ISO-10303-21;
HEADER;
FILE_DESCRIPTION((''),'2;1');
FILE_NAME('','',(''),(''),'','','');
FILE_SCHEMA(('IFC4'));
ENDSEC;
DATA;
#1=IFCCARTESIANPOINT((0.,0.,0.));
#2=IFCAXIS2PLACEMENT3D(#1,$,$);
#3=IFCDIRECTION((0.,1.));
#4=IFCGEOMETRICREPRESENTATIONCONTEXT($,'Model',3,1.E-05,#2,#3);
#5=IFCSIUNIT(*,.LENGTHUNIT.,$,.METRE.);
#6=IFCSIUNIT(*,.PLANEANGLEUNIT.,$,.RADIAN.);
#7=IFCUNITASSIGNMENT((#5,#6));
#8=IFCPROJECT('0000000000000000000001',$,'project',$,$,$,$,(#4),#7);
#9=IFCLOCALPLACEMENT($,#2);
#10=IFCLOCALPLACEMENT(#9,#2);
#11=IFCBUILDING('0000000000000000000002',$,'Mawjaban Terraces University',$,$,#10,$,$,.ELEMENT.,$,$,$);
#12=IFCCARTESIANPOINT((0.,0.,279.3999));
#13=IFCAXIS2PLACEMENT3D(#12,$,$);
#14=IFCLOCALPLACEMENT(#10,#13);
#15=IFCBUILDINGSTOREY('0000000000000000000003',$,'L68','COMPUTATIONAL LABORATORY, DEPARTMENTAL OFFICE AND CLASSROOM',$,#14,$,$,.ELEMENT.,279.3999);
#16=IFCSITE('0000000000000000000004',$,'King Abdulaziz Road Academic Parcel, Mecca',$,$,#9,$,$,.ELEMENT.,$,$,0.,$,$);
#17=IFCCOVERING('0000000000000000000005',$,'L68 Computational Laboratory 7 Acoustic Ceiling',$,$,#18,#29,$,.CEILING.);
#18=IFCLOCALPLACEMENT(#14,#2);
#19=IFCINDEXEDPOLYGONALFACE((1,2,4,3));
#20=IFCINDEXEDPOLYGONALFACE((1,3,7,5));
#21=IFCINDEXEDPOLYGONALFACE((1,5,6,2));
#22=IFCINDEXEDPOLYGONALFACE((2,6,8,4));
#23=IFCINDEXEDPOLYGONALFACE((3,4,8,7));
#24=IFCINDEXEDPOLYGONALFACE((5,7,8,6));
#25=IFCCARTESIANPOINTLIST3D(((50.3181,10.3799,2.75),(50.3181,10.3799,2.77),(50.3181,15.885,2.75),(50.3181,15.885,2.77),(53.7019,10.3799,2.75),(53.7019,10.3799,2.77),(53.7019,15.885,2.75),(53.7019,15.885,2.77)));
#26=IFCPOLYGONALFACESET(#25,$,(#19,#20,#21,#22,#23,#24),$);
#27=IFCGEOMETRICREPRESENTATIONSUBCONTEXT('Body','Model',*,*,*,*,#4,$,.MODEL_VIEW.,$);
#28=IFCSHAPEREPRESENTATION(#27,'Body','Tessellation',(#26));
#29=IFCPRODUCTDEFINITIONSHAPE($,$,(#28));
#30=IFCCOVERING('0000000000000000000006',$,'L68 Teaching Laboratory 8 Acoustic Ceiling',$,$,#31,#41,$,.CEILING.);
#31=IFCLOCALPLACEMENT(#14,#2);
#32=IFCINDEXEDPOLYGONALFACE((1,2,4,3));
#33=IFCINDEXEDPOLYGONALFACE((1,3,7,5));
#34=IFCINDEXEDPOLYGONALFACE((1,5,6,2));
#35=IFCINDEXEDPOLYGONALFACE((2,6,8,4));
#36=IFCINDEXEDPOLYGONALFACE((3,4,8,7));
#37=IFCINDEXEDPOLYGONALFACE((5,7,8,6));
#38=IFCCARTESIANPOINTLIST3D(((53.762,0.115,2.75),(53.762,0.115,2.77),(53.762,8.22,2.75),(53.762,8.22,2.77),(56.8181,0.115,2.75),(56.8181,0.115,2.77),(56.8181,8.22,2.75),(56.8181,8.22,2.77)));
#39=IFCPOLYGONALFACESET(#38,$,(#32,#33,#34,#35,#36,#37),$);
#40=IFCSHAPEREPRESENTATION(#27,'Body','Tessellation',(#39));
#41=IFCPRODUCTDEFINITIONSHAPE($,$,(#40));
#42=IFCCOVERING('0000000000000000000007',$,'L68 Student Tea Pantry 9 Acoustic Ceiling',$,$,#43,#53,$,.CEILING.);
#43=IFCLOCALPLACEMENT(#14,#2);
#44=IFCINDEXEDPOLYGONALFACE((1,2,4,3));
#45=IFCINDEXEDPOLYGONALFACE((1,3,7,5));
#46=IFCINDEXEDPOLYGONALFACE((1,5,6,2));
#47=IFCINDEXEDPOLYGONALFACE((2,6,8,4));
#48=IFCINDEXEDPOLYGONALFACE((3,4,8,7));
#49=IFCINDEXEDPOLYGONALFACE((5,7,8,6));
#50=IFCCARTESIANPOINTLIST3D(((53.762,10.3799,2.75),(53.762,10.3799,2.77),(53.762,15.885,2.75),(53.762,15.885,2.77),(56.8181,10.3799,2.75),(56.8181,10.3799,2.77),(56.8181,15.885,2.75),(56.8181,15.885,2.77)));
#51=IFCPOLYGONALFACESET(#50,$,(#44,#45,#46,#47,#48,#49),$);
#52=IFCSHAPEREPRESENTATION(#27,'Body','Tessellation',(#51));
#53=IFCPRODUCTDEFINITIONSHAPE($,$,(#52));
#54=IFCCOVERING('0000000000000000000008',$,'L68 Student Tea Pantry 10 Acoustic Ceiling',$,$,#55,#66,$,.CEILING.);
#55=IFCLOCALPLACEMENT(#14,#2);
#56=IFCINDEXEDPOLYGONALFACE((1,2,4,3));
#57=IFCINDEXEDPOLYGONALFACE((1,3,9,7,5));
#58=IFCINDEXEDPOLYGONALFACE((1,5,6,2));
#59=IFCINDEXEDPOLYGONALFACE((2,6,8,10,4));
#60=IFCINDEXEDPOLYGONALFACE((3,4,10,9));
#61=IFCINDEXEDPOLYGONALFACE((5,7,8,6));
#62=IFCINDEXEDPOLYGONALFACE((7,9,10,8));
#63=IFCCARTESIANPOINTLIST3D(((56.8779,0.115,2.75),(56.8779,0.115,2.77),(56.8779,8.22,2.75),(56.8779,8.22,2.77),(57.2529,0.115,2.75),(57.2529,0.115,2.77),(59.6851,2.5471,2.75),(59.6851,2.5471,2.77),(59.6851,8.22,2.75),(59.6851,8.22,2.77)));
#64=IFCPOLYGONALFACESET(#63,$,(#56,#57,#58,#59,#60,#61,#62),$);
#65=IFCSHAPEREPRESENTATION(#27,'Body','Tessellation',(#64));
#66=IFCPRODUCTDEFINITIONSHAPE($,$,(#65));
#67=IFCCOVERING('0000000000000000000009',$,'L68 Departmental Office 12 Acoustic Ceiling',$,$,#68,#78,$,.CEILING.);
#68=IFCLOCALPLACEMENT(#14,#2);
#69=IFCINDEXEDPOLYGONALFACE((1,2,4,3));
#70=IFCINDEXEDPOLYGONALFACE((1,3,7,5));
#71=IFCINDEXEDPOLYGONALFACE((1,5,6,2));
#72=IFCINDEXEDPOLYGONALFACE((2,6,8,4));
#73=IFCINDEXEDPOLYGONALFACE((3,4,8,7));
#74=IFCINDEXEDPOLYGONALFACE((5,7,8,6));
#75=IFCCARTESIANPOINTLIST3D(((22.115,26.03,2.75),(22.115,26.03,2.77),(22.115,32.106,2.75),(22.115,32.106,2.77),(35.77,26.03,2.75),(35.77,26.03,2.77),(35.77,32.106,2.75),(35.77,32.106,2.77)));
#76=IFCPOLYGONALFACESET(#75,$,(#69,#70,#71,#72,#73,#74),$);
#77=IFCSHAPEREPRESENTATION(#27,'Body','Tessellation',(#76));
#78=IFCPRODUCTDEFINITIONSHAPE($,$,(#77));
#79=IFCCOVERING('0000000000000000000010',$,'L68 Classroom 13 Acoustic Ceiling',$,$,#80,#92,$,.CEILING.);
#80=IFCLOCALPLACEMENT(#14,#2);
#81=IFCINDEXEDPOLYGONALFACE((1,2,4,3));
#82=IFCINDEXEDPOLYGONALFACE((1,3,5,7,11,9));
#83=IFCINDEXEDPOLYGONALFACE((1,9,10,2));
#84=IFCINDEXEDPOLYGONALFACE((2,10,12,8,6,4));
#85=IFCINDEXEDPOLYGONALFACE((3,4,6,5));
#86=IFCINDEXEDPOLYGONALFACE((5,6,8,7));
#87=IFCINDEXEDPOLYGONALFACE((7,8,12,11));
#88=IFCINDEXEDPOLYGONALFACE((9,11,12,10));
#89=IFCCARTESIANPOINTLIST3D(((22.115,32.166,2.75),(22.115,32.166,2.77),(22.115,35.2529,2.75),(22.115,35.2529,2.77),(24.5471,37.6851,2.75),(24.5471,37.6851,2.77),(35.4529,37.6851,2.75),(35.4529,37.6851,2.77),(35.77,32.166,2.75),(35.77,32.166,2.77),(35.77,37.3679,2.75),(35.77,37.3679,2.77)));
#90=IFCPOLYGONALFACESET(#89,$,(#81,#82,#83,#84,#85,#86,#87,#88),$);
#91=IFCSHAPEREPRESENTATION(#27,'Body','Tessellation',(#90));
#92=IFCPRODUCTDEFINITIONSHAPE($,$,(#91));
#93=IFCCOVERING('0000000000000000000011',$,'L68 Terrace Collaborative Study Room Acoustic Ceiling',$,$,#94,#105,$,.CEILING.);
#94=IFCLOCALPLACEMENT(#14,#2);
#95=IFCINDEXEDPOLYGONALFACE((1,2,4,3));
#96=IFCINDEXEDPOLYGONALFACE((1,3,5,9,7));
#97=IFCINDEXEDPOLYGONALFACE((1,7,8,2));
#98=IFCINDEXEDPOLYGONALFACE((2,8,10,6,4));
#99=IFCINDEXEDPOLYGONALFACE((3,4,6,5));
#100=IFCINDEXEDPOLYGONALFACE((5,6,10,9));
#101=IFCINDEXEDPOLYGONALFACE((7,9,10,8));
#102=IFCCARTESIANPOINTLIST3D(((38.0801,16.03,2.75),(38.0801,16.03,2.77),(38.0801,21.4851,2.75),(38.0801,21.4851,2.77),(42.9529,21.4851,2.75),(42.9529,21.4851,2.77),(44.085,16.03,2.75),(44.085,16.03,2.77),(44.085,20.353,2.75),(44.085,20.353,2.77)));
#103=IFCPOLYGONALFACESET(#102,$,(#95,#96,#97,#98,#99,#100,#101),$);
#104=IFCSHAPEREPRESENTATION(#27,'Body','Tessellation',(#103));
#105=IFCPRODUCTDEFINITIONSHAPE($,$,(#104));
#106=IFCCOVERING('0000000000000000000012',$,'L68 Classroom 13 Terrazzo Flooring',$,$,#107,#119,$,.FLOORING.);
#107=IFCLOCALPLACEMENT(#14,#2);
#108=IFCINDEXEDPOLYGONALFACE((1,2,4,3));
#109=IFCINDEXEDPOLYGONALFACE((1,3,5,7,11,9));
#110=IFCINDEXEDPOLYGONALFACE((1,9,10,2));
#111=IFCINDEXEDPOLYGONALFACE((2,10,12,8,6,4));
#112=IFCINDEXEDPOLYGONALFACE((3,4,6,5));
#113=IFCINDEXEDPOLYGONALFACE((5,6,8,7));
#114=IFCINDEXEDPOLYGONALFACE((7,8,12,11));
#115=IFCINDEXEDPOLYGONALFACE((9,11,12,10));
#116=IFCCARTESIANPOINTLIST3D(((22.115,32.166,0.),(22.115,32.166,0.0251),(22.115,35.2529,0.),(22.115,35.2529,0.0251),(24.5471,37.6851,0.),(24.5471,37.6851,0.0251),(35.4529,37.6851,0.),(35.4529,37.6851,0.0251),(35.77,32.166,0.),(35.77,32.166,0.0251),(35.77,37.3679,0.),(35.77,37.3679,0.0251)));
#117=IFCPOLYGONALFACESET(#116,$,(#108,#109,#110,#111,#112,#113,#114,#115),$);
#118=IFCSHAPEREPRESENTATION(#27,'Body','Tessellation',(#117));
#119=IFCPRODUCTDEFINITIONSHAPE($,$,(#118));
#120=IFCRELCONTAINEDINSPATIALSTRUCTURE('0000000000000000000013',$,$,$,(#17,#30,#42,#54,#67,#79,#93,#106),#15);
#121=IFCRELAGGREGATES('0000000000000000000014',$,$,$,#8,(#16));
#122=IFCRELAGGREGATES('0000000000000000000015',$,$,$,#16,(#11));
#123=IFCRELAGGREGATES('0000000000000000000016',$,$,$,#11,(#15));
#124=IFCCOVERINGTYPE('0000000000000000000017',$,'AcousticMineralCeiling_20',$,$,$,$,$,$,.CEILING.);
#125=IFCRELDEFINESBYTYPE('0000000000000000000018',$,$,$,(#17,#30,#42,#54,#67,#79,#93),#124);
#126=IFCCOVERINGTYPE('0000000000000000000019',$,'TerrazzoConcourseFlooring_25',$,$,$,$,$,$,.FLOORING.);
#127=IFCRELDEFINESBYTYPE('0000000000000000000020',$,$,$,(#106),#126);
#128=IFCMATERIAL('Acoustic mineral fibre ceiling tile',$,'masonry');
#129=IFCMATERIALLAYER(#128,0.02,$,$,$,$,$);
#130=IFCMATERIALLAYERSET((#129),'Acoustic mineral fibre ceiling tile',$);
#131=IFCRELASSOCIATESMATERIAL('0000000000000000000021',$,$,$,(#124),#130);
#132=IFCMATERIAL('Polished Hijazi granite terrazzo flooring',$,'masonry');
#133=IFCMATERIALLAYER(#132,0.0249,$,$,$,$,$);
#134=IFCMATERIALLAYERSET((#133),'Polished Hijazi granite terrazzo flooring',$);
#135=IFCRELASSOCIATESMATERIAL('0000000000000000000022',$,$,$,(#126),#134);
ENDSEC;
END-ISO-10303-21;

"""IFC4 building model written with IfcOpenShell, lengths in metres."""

from ifc_helpers import new_model, si_unit, direction, frame, origin, place, context, subcontext, project, spatial, polyline, outline, extrude, material, layer, layer_set, type_object, element, save


model = new_model("IFC4")

# Units and contexts
model_context = context("Model", 3, precision=1e-05, world=origin(), true_north=direction((0.0, 1.0)))
body_context = subcontext(model_context, "Body", "Model", "MODEL_VIEW")
ifc_project = project(units=[si_unit("LENGTHUNIT", "METRE"), si_unit("PLANEANGLEUNIT", "RADIAN")], contexts=[model_context])

# Site, building, storey
site_placement = place(None, origin())
site = spatial("IfcSite", under=ifc_project, at=site_placement, Name="King Abdulaziz Road Academic Parcel, Mecca", CompositionType="ELEMENT", RefElevation=0.0)
building_placement = place(site_placement, origin())
building = spatial("IfcBuilding", under=site, at=building_placement, Name="Mawjaban Terraces University", CompositionType="ELEMENT")
storey_placement = place(building_placement, frame((0.0, 0.0, 279.3999)))
storey = spatial("IfcBuildingStorey", under=building, at=storey_placement, Name="L68", Description="COMPUTATIONAL LABORATORY, DEPARTMENTAL OFFICE AND CLASSROOM", CompositionType="ELEMENT", Elevation=279.3999)

# Coverings
ifc_material_1 = material(Name="Acoustic mineral fibre ceiling tile", Category="masonry")
ifc_layer_1 = layer(ifc_material_1, 0.02)
ifc_layer_set_1 = layer_set([ifc_layer_1], Name="Acoustic mineral fibre ceiling tile")
covering_type_1 = type_object("IfcCoveringType", Name="AcousticMineralCeiling_20", PredefinedType="CEILING", material=ifc_layer_set_1)
covering_1_placement = place(storey_placement, frame((0.0, 0.0, 2.75)))
element("IfcCovering", 1, at=covering_1_placement, inside=storey, type_object=covering_type_1, Name="L68 Computational Laboratory 7 Acoustic Ceiling", PredefinedType="CEILING", context=body_context, shape_type="SweptSolid", body=[
    extrude(outline(polyline([(53.7019, 15.885), (50.3181, 15.885), (50.3181, 10.3799), (53.7019, 10.3799), (53.7019, 15.885)])), origin(), (0.0, 0.0, 1.0), 0.02),
])
covering_2_placement = place(storey_placement, frame((0.0, 0.0, 2.75)))
element("IfcCovering", 2, at=covering_2_placement, inside=storey, type_object=covering_type_1, Name="L68 Teaching Laboratory 8 Acoustic Ceiling", PredefinedType="CEILING", context=body_context, shape_type="SweptSolid", body=[
    extrude(outline(polyline([(53.762, 0.115), (56.8181, 0.115), (56.8181, 8.22), (53.762, 8.22), (53.762, 0.115)])), origin(), (0.0, 0.0, 1.0), 0.02),
])
covering_3_placement = place(storey_placement, frame((0.0, 0.0, 2.75)))
element("IfcCovering", 3, at=covering_3_placement, inside=storey, type_object=covering_type_1, Name="L68 Student Tea Pantry 9 Acoustic Ceiling", PredefinedType="CEILING", context=body_context, shape_type="SweptSolid", body=[
    extrude(outline(polyline([(56.8181, 15.885), (53.762, 15.885), (53.762, 10.3799), (56.8181, 10.3799), (56.8181, 15.885)])), origin(), (0.0, 0.0, 1.0), 0.02),
])
covering_4_placement = place(storey_placement, frame((0.0, 0.0, 2.75)))
element("IfcCovering", 4, at=covering_4_placement, inside=storey, type_object=covering_type_1, Name="L68 Student Tea Pantry 10 Acoustic Ceiling", PredefinedType="CEILING", context=body_context, shape_type="SweptSolid", body=[
    extrude(outline(polyline([(56.8779, 0.115), (57.2529, 0.115), (59.6851, 2.5471), (59.6851, 8.22), (56.8779, 8.22), (56.8779, 0.115)])), origin(), (0.0, 0.0, 1.0), 0.02),
])
covering_5_placement = place(storey_placement, frame((0.0, 0.0, 2.75)))
element("IfcCovering", 5, at=covering_5_placement, inside=storey, type_object=covering_type_1, Name="L68 Departmental Office 12 Acoustic Ceiling", PredefinedType="CEILING", context=body_context, shape_type="SweptSolid", body=[
    extrude(outline(polyline([(22.115, 32.106), (22.115, 26.03), (35.77, 26.03), (35.77, 32.106), (22.115, 32.106)])), origin(), (0.0, 0.0, 1.0), 0.02),
])
covering_6_placement = place(storey_placement, frame((0.0, 0.0, 2.75)))
element("IfcCovering", 6, at=covering_6_placement, inside=storey, type_object=covering_type_1, Name="L68 Classroom 13 Acoustic Ceiling", PredefinedType="CEILING", context=body_context, shape_type="SweptSolid", body=[
    extrude(outline(polyline([(35.77, 37.3679), (35.4529, 37.6851), (24.5471, 37.6851), (22.115, 35.2529), (22.115, 32.166), (35.77, 32.166), (35.77, 37.3679)])), origin(), (0.0, 0.0, 1.0), 0.02),
])
covering_7_placement = place(storey_placement, frame((0.0, 0.0, 2.75)))
element("IfcCovering", 7, at=covering_7_placement, inside=storey, type_object=covering_type_1, Name="L68 Terrace Collaborative Study Room Acoustic Ceiling", PredefinedType="CEILING", context=body_context, shape_type="SweptSolid", body=[
    extrude(outline(polyline([(44.085, 16.03), (44.085, 20.353), (42.9529, 21.4851), (38.0801, 21.4851), (38.0801, 16.03), (44.085, 16.03)])), origin(), (0.0, 0.0, 1.0), 0.02),
])
ifc_material_2 = material(Name="Polished Hijazi granite terrazzo flooring", Category="masonry")
ifc_layer_2 = layer(ifc_material_2, 0.0249)
ifc_layer_set_2 = layer_set([ifc_layer_2], Name="Polished Hijazi granite terrazzo flooring")
covering_type_2 = type_object("IfcCoveringType", Name="TerrazzoConcourseFlooring_25", PredefinedType="FLOORING", material=ifc_layer_set_2)
covering_8_placement = place(storey_placement, origin())
element("IfcCovering", 8, at=covering_8_placement, inside=storey, type_object=covering_type_2, Name="L68 Classroom 13 Terrazzo Flooring", PredefinedType="FLOORING", context=body_context, shape_type="SweptSolid", body=[
    extrude(outline(polyline([(35.77, 37.3679), (35.4529, 37.6851), (24.5471, 37.6851), (22.115, 35.2529), (22.115, 32.166), (35.77, 32.166), (35.77, 37.3679)])), origin(), (0.0, 0.0, 1.0), 0.0251),
])

save(model, "model.ifc")
